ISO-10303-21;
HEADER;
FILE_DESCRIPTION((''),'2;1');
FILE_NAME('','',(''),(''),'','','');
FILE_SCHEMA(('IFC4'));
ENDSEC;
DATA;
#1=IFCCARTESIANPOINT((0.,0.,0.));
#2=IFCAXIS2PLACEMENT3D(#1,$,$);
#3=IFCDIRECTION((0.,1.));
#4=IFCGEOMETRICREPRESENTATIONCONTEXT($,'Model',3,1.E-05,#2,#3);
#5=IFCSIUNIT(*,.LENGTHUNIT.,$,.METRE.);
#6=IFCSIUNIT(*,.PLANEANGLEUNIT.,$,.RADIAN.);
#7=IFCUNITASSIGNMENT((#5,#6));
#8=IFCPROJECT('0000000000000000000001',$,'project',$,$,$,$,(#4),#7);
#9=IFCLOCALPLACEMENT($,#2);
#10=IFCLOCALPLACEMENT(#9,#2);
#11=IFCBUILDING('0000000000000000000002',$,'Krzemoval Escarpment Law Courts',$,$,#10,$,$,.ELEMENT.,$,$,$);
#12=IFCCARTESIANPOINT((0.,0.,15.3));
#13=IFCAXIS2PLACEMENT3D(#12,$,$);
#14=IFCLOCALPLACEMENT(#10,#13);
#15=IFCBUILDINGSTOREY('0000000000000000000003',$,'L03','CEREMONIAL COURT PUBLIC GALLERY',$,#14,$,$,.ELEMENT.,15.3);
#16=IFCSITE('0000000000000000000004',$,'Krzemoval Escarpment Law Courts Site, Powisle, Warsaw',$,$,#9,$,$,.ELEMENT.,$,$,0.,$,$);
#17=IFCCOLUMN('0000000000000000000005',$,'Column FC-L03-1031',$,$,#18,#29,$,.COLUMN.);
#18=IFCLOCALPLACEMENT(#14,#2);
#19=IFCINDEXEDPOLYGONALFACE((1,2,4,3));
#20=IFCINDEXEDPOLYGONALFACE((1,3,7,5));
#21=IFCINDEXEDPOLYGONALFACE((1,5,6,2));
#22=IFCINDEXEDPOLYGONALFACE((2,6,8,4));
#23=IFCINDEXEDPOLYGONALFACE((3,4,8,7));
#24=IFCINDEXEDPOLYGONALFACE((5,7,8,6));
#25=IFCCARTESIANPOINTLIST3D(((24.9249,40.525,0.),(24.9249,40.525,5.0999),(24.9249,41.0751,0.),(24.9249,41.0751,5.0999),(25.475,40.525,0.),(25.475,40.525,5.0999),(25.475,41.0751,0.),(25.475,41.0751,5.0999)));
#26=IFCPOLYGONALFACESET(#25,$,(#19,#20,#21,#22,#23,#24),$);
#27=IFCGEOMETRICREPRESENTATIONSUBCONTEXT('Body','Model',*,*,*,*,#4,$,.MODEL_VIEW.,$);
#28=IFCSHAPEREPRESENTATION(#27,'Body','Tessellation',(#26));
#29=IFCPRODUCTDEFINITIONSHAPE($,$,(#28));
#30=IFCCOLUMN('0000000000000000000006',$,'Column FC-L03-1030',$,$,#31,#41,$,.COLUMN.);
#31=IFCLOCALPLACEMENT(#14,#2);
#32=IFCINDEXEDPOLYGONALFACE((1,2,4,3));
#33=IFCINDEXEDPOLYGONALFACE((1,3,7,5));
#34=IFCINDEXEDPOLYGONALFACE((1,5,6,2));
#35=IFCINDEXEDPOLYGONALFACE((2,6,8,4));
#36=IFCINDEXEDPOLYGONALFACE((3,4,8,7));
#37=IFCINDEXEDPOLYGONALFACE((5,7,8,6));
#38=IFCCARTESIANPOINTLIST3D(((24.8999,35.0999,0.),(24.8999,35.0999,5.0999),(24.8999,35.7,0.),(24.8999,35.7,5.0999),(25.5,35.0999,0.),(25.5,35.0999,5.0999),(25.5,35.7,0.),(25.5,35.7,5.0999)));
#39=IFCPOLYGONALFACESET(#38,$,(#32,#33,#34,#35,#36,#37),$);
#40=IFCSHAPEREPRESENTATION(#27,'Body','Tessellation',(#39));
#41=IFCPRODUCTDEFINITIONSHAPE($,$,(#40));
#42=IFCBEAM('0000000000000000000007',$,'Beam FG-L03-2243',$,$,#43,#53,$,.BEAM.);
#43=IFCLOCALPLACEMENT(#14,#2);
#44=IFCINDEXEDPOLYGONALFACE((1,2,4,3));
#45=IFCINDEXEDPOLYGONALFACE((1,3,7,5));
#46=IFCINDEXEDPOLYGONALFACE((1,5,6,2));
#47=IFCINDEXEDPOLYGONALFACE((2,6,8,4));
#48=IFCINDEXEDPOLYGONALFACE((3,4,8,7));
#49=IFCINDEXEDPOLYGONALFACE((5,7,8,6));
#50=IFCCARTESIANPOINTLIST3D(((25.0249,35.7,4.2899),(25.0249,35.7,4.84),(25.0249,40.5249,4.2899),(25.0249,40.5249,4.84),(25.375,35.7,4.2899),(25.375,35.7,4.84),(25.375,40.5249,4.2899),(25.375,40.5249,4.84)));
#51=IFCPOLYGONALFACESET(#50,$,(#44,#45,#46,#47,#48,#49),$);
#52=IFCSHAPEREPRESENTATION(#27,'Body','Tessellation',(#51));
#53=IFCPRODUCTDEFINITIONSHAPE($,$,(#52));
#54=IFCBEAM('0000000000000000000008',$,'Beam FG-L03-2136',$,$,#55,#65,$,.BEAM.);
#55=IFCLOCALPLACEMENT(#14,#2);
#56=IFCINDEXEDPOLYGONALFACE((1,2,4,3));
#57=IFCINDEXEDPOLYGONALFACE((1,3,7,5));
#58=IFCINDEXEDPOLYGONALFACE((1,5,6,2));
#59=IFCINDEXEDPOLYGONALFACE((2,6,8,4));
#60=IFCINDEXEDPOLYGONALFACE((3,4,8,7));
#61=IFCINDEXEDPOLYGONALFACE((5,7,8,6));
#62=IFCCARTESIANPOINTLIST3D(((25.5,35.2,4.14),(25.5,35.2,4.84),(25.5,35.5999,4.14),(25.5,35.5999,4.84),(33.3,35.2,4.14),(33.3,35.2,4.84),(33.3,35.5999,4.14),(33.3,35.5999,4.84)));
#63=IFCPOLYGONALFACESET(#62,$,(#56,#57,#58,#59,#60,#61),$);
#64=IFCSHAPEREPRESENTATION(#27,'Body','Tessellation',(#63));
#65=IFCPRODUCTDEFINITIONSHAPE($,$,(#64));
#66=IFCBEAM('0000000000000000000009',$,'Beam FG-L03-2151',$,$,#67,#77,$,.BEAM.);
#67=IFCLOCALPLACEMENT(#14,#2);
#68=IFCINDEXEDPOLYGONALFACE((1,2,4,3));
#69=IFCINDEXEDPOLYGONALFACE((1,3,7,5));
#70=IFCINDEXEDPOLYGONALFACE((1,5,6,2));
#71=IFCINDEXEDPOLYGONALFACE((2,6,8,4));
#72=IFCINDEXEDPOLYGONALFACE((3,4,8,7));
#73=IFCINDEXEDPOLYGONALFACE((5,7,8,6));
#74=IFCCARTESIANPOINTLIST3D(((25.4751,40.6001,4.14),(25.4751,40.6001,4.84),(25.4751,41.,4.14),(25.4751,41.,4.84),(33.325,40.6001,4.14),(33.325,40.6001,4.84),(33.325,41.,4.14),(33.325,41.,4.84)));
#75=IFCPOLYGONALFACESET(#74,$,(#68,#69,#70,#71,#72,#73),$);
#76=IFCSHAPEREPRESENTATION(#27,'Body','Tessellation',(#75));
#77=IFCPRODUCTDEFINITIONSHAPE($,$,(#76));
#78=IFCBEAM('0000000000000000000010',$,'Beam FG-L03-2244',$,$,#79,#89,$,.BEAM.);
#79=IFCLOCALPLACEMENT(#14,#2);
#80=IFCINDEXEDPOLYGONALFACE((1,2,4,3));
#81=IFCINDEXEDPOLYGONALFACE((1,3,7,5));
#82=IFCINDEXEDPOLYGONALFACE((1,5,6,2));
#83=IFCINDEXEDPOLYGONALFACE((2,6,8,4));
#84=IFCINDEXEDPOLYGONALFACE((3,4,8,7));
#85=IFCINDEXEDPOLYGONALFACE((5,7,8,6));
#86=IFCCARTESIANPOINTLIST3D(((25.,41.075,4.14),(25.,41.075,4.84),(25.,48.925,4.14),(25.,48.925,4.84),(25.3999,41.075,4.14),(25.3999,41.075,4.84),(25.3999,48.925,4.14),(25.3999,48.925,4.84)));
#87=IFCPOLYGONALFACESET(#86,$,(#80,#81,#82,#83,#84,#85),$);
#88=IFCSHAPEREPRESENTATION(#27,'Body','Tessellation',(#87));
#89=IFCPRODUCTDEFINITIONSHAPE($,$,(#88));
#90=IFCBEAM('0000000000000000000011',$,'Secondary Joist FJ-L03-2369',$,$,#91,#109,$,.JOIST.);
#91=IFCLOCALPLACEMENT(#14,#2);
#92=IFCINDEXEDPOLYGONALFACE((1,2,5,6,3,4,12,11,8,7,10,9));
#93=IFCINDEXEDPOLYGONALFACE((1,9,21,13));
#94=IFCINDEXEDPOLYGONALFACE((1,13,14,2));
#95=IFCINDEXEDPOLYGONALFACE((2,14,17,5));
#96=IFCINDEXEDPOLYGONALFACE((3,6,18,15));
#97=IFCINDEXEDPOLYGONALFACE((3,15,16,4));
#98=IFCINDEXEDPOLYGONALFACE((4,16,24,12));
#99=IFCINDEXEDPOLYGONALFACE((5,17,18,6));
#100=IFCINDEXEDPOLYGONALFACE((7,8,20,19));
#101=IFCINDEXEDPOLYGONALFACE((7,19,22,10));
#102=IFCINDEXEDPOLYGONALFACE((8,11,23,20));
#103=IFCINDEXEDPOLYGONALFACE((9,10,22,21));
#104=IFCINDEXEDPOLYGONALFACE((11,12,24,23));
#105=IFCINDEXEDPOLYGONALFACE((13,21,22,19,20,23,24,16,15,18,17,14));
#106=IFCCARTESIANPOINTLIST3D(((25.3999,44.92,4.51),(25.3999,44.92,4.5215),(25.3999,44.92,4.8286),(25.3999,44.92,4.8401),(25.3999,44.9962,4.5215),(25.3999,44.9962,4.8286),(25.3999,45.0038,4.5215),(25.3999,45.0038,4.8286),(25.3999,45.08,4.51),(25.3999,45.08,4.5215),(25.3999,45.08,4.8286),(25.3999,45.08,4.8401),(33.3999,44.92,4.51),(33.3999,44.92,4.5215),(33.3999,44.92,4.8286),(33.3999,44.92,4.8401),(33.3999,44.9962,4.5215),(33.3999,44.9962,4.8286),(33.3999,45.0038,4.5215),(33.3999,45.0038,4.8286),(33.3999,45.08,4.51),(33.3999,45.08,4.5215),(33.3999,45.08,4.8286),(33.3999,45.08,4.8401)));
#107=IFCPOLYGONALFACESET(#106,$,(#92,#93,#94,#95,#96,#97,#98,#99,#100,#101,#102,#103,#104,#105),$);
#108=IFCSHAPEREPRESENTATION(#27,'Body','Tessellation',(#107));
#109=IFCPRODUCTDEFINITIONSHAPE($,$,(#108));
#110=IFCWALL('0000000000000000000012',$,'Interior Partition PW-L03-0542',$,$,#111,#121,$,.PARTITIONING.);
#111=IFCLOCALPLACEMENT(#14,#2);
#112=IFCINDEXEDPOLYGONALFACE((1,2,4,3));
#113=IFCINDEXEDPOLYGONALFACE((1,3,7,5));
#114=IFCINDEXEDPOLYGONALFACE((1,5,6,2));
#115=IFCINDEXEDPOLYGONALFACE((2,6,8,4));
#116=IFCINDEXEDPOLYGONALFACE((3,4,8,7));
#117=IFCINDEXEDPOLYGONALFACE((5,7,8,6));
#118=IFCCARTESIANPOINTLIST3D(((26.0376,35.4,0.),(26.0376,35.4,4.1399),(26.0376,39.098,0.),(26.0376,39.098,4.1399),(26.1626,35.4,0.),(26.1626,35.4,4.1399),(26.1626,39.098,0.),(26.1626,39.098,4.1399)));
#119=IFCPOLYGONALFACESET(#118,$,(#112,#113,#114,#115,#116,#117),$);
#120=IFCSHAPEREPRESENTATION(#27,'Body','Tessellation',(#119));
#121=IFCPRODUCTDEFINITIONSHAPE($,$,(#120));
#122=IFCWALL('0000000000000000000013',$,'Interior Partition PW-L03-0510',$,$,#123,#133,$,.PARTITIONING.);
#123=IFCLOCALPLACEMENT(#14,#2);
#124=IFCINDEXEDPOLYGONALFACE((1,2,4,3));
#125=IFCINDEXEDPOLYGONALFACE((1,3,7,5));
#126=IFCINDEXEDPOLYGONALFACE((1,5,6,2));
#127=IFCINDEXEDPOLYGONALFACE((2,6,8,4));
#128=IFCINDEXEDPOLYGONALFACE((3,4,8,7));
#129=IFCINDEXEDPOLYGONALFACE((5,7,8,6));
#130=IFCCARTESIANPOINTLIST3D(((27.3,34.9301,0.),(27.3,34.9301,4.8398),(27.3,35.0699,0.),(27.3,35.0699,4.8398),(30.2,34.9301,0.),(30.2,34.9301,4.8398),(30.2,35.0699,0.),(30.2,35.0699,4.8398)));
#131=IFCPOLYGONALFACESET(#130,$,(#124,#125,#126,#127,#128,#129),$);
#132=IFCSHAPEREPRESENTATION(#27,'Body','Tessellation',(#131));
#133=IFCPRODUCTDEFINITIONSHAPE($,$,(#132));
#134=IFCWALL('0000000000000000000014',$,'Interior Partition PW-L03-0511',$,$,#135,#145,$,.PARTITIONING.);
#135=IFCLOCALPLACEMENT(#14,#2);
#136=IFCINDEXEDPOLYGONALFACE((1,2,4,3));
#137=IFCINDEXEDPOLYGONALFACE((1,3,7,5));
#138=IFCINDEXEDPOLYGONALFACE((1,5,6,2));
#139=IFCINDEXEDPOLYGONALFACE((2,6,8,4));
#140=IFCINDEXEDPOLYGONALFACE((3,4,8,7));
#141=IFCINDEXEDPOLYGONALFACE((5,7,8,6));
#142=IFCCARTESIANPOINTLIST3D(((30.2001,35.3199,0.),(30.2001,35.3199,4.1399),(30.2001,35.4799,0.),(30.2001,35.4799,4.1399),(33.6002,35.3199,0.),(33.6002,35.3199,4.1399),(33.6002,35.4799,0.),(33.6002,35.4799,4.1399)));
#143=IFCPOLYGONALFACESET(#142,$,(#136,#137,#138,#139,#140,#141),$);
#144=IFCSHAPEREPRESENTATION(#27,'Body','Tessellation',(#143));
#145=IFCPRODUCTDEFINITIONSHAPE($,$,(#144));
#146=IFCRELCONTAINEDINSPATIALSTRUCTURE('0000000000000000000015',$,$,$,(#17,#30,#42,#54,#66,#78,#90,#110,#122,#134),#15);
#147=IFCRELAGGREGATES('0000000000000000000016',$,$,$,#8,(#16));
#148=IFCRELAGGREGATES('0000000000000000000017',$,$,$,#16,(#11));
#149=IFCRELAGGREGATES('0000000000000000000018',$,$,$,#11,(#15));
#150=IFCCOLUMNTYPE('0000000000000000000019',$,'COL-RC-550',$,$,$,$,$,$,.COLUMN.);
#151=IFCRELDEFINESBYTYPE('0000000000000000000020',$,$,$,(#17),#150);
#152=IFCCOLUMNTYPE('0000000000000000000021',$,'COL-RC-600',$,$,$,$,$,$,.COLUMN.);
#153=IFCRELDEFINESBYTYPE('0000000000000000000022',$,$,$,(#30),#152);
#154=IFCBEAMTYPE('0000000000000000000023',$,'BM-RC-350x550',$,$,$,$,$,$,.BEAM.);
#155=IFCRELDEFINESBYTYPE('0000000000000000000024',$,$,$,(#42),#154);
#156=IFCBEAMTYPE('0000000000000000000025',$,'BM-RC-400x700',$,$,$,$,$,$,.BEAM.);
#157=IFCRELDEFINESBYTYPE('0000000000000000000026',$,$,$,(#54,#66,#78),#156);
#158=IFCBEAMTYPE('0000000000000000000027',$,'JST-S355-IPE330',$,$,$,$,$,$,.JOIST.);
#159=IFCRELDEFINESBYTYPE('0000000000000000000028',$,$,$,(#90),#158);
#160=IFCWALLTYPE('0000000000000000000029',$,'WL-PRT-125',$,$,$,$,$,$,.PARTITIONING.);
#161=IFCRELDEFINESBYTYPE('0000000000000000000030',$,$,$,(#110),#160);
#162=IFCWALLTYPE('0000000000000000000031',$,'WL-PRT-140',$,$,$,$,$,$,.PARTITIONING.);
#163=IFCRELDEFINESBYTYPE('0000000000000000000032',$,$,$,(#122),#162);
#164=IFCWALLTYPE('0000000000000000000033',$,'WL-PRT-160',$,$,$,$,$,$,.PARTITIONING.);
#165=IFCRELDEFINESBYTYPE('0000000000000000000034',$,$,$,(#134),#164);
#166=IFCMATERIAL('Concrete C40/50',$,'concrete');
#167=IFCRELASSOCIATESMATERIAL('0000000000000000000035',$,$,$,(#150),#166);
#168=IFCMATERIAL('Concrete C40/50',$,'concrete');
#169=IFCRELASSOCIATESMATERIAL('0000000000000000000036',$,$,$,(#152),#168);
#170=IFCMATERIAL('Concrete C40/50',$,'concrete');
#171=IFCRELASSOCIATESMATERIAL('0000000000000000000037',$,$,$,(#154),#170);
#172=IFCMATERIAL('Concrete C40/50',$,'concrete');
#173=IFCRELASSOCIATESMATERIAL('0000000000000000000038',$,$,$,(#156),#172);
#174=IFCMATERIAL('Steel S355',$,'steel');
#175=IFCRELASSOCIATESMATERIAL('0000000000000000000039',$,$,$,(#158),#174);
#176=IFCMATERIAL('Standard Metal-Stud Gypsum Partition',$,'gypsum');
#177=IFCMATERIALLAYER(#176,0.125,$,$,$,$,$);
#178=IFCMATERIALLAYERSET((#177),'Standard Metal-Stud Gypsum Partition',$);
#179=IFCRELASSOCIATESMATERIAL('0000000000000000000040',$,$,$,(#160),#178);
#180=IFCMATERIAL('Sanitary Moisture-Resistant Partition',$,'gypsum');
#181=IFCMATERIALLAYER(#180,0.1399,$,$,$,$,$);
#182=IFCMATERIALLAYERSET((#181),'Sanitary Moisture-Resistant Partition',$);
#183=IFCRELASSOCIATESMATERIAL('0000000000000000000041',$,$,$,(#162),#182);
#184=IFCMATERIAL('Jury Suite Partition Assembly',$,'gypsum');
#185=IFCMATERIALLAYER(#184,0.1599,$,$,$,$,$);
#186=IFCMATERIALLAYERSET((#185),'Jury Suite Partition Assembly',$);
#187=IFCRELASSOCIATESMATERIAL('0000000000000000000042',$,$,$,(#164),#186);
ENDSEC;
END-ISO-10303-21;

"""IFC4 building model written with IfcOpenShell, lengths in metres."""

from ifc_helpers import new_model, si_unit, direction, frame, frame_2d, origin, origin_2d, place, context, subcontext, project, spatial, rectangle, i_section, extrude, material, layer, layer_set, material_profile, profile_set, type_object, element, save


model = new_model("IFC4")

# Units and contexts
model_context = context("Model", 3, precision=1e-05, world=origin(), true_north=direction((0.0, 1.0)))
body_context = subcontext(model_context, "Body", "Model", "MODEL_VIEW")
ifc_project = project(units=[si_unit("LENGTHUNIT", "METRE"), si_unit("PLANEANGLEUNIT", "RADIAN")], contexts=[model_context])

# Site, building, storey
site_placement = place(None, origin())
site = spatial("IfcSite", under=ifc_project, at=site_placement, Name="Krzemoval Escarpment Law Courts Site, Powisle, Warsaw", CompositionType="ELEMENT", RefElevation=0.0)
building_placement = place(site_placement, origin())
building = spatial("IfcBuilding", under=site, at=building_placement, Name="Krzemoval Escarpment Law Courts", CompositionType="ELEMENT")
storey_placement = place(building_placement, frame((0.0, 0.0, 15.3)))
storey = spatial("IfcBuildingStorey", under=building, at=storey_placement, Name="L03", Description="CEREMONIAL COURT PUBLIC GALLERY", CompositionType="ELEMENT", Elevation=15.3)

# Columns
ifc_material_1 = material(Name="Concrete C40/50", Category="concrete")
ifc_material_profile_1 = material_profile(ifc_material_1, rectangle(XDim=0.55, YDim=0.55, at=origin_2d()), Name="RC 550x550")
ifc_profile_set_1 = profile_set([ifc_material_profile_1], Name="Concrete C40/50")
column_type_1 = type_object("IfcColumnType", Name="COL-RC-550", PredefinedType="COLUMN", material=ifc_profile_set_1)
column_1_placement = place(storey_placement, frame((25.2, 40.8, 0.0), z_axis=(0.0, 0.0, 1.0), x_axis=(1.0, 0.0, 0.0)))
element("IfcColumn", 1, at=column_1_placement, inside=storey, type_object=column_type_1, Name="Column FC-L03-1031", PredefinedType="COLUMN", context=body_context, shape_type="SweptSolid", body=[
    extrude(rectangle(XDim=0.55, YDim=0.55, at=origin_2d()), origin(), (0.0, 0.0, 1.0), 5.0999),
])
ifc_material_2 = material(Name="Concrete C40/50", Category="concrete")
ifc_material_profile_2 = material_profile(ifc_material_2, rectangle(XDim=0.6001, YDim=0.6001, at=origin_2d()), Name="RC 600x600")
ifc_profile_set_2 = profile_set([ifc_material_profile_2], Name="Concrete C40/50")
column_type_2 = type_object("IfcColumnType", Name="COL-RC-600", PredefinedType="COLUMN", material=ifc_profile_set_2)
column_2_placement = place(storey_placement, frame((25.2, 35.3999, 0.0), z_axis=(0.0, 0.0, 1.0), x_axis=(1.0, 0.0, 0.0)))
element("IfcColumn", 2, at=column_2_placement, inside=storey, type_object=column_type_2, Name="Column FC-L03-1030", PredefinedType="COLUMN", context=body_context, shape_type="SweptSolid", body=[
    extrude(rectangle(XDim=0.6001, YDim=0.6001, at=origin_2d()), origin(), (0.0, 0.0, 1.0), 5.0999),
])

# Beams
ifc_material_3 = material(Name="Concrete C40/50", Category="concrete")
ifc_material_profile_3 = material_profile(ifc_material_3, rectangle(XDim=0.3501, YDim=0.55, at=origin_2d()), Name="RCB 350x550")
ifc_profile_set_3 = profile_set([ifc_material_profile_3], Name="Concrete C40/50")
beam_type_1 = type_object("IfcBeamType", Name="BM-RC-350x550", PredefinedType="BEAM", material=ifc_profile_set_3)
beam_1_placement = place(storey_placement, frame((25.2, 35.7, 4.5649), z_axis=(0.0, 1.0, 0.0), x_axis=(-1.0, 0.0, 0.0)))
element("IfcBeam", 3, at=beam_1_placement, inside=storey, type_object=beam_type_1, Name="Beam FG-L03-2243", PredefinedType="BEAM", context=body_context, shape_type="SweptSolid", body=[
    extrude(rectangle(XDim=0.3501, YDim=0.55, at=origin_2d()), origin(), (0.0, 0.0, 1.0), 4.825),
])
ifc_material_4 = material(Name="Concrete C40/50", Category="concrete")
ifc_material_profile_4 = material_profile(ifc_material_4, rectangle(XDim=0.3999, YDim=0.7, at=origin_2d()), Name="RCB 400x700")
ifc_profile_set_4 = profile_set([ifc_material_profile_4], Name="Concrete C40/50")
beam_type_2 = type_object("IfcBeamType", Name="BM-RC-400x700", PredefinedType="BEAM", material=ifc_profile_set_4)
beam_2_placement = place(storey_placement, frame((25.5, 35.3999, 4.49), z_axis=(1.0, 0.0, 0.0), x_axis=(0.0, 1.0, 0.0)))
element("IfcBeam", 4, at=beam_2_placement, inside=storey, type_object=beam_type_2, Name="Beam FG-L03-2136", PredefinedType="BEAM", context=body_context, shape_type="SweptSolid", body=[
    extrude(rectangle(XDim=0.3999, YDim=0.7, at=origin_2d()), origin(), (0.0, 0.0, 1.0), 7.8),
])
beam_3_placement = place(storey_placement, frame((25.4751, 40.8, 4.49), z_axis=(1.0, 0.0, 0.0), x_axis=(0.0, 1.0, 0.0)))
element("IfcBeam", 5, at=beam_3_placement, inside=storey, type_object=beam_type_2, Name="Beam FG-L03-2151", PredefinedType="BEAM", context=body_context, shape_type="SweptSolid", body=[
    extrude(rectangle(XDim=0.3999, YDim=0.7, at=origin_2d()), origin(), (0.0, 0.0, 1.0), 7.8499),
])
beam_4_placement = place(storey_placement, frame((25.2, 41.075, 4.49), z_axis=(0.0, 1.0, 0.0), x_axis=(-1.0, 0.0, 0.0)))
element("IfcBeam", 6, at=beam_4_placement, inside=storey, type_object=beam_type_2, Name="Beam FG-L03-2244", PredefinedType="BEAM", context=body_context, shape_type="SweptSolid", body=[
    extrude(rectangle(XDim=0.3999, YDim=0.7, at=origin_2d()), origin(), (0.0, 0.0, 1.0), 7.8501),
])
ifc_material_5 = material(Name="Steel S355", Category="steel")
ifc_material_profile_5 = material_profile(ifc_material_5, i_section(OverallWidth=0.1599, OverallDepth=0.3301, WebThickness=0.0076, FlangeThickness=0.0115, at=origin_2d()), Name="IPE 330")
ifc_profile_set_5 = profile_set([ifc_material_profile_5], Name="Steel S355")
beam_type_3 = type_object("IfcBeamType", Name="JST-S355-IPE330", PredefinedType="JOIST", material=ifc_profile_set_5)
beam_5_placement = place(storey_placement, frame((25.3999, 45.0, 4.675), z_axis=(1.0, 0.0, 0.0), x_axis=(0.0, 1.0, 0.0)))
element("IfcBeam", 7, at=beam_5_placement, inside=storey, type_object=beam_type_3, Name="Secondary Joist FJ-L03-2369", PredefinedType="JOIST", context=body_context, shape_type="SweptSolid", body=[
    extrude(i_section(OverallWidth=0.1599, OverallDepth=0.3301, WebThickness=0.0076, FlangeThickness=0.0115, at=origin_2d()), origin(), (0.0, 0.0, 1.0), 8.0),
])

# Walls
ifc_material_6 = material(Name="Standard Metal-Stud Gypsum Partition", Category="gypsum")
ifc_layer_1 = layer(ifc_material_6, 0.125)
ifc_layer_set_1 = layer_set([ifc_layer_1], Name="Standard Metal-Stud Gypsum Partition")
wall_type_1 = type_object("IfcWallType", Name="WL-PRT-125", PredefinedType="PARTITIONING", material=ifc_layer_set_1)
wall_1_placement = place(storey_placement, frame((26.1001, 35.3999, 0.0), z_axis=(0.0, 0.0, 1.0), x_axis=(0.0, 1.0, 0.0)))
element("IfcWall", 8, at=wall_1_placement, inside=storey, type_object=wall_type_1, Name="Interior Partition PW-L03-0542", PredefinedType="PARTITIONING", context=body_context, shape_type="SweptSolid", body=[
    extrude(rectangle(XDim=3.698, YDim=0.125, at=frame_2d((1.8491, 0.0))), origin(), (0.0, 0.0, 1.0), 4.1399),
])
ifc_material_7 = material(Name="Sanitary Moisture-Resistant Partition", Category="gypsum")
ifc_layer_2 = layer(ifc_material_7, 0.1399)
ifc_layer_set_2 = layer_set([ifc_layer_2], Name="Sanitary Moisture-Resistant Partition")
wall_type_2 = type_object("IfcWallType", Name="WL-PRT-140", PredefinedType="PARTITIONING", material=ifc_layer_set_2)
wall_2_placement = place(storey_placement, frame((27.3, 35.0, 0.0), z_axis=(0.0, 0.0, 1.0), x_axis=(1.0, 0.0, 0.0)))
element("IfcWall", 9, at=wall_2_placement, inside=storey, type_object=wall_type_2, Name="Interior Partition PW-L03-0510", PredefinedType="PARTITIONING", context=body_context, shape_type="SweptSolid", body=[
    extrude(rectangle(XDim=2.8999, YDim=0.1399, at=frame_2d((1.45, 0.0))), origin(), (0.0, 0.0, 1.0), 4.8398),
])
ifc_material_8 = material(Name="Jury Suite Partition Assembly", Category="gypsum")
ifc_layer_3 = layer(ifc_material_8, 0.1599)
ifc_layer_set_3 = layer_set([ifc_layer_3], Name="Jury Suite Partition Assembly")
wall_type_3 = type_object("IfcWallType", Name="WL-PRT-160", PredefinedType="PARTITIONING", material=ifc_layer_set_3)
wall_3_placement = place(storey_placement, frame((30.2, 35.3999, 0.0), z_axis=(0.0, 0.0, 1.0), x_axis=(1.0, 0.0, 0.0)))
element("IfcWall", 10, at=wall_3_placement, inside=storey, type_object=wall_type_3, Name="Interior Partition PW-L03-0511", PredefinedType="PARTITIONING", context=body_context, shape_type="SweptSolid", body=[
    extrude(rectangle(XDim=3.4001, YDim=0.1599, at=frame_2d((1.7002, 0.0))), origin(), (0.0, 0.0, 1.0), 4.1399),
])

save(model, "model.ifc")
